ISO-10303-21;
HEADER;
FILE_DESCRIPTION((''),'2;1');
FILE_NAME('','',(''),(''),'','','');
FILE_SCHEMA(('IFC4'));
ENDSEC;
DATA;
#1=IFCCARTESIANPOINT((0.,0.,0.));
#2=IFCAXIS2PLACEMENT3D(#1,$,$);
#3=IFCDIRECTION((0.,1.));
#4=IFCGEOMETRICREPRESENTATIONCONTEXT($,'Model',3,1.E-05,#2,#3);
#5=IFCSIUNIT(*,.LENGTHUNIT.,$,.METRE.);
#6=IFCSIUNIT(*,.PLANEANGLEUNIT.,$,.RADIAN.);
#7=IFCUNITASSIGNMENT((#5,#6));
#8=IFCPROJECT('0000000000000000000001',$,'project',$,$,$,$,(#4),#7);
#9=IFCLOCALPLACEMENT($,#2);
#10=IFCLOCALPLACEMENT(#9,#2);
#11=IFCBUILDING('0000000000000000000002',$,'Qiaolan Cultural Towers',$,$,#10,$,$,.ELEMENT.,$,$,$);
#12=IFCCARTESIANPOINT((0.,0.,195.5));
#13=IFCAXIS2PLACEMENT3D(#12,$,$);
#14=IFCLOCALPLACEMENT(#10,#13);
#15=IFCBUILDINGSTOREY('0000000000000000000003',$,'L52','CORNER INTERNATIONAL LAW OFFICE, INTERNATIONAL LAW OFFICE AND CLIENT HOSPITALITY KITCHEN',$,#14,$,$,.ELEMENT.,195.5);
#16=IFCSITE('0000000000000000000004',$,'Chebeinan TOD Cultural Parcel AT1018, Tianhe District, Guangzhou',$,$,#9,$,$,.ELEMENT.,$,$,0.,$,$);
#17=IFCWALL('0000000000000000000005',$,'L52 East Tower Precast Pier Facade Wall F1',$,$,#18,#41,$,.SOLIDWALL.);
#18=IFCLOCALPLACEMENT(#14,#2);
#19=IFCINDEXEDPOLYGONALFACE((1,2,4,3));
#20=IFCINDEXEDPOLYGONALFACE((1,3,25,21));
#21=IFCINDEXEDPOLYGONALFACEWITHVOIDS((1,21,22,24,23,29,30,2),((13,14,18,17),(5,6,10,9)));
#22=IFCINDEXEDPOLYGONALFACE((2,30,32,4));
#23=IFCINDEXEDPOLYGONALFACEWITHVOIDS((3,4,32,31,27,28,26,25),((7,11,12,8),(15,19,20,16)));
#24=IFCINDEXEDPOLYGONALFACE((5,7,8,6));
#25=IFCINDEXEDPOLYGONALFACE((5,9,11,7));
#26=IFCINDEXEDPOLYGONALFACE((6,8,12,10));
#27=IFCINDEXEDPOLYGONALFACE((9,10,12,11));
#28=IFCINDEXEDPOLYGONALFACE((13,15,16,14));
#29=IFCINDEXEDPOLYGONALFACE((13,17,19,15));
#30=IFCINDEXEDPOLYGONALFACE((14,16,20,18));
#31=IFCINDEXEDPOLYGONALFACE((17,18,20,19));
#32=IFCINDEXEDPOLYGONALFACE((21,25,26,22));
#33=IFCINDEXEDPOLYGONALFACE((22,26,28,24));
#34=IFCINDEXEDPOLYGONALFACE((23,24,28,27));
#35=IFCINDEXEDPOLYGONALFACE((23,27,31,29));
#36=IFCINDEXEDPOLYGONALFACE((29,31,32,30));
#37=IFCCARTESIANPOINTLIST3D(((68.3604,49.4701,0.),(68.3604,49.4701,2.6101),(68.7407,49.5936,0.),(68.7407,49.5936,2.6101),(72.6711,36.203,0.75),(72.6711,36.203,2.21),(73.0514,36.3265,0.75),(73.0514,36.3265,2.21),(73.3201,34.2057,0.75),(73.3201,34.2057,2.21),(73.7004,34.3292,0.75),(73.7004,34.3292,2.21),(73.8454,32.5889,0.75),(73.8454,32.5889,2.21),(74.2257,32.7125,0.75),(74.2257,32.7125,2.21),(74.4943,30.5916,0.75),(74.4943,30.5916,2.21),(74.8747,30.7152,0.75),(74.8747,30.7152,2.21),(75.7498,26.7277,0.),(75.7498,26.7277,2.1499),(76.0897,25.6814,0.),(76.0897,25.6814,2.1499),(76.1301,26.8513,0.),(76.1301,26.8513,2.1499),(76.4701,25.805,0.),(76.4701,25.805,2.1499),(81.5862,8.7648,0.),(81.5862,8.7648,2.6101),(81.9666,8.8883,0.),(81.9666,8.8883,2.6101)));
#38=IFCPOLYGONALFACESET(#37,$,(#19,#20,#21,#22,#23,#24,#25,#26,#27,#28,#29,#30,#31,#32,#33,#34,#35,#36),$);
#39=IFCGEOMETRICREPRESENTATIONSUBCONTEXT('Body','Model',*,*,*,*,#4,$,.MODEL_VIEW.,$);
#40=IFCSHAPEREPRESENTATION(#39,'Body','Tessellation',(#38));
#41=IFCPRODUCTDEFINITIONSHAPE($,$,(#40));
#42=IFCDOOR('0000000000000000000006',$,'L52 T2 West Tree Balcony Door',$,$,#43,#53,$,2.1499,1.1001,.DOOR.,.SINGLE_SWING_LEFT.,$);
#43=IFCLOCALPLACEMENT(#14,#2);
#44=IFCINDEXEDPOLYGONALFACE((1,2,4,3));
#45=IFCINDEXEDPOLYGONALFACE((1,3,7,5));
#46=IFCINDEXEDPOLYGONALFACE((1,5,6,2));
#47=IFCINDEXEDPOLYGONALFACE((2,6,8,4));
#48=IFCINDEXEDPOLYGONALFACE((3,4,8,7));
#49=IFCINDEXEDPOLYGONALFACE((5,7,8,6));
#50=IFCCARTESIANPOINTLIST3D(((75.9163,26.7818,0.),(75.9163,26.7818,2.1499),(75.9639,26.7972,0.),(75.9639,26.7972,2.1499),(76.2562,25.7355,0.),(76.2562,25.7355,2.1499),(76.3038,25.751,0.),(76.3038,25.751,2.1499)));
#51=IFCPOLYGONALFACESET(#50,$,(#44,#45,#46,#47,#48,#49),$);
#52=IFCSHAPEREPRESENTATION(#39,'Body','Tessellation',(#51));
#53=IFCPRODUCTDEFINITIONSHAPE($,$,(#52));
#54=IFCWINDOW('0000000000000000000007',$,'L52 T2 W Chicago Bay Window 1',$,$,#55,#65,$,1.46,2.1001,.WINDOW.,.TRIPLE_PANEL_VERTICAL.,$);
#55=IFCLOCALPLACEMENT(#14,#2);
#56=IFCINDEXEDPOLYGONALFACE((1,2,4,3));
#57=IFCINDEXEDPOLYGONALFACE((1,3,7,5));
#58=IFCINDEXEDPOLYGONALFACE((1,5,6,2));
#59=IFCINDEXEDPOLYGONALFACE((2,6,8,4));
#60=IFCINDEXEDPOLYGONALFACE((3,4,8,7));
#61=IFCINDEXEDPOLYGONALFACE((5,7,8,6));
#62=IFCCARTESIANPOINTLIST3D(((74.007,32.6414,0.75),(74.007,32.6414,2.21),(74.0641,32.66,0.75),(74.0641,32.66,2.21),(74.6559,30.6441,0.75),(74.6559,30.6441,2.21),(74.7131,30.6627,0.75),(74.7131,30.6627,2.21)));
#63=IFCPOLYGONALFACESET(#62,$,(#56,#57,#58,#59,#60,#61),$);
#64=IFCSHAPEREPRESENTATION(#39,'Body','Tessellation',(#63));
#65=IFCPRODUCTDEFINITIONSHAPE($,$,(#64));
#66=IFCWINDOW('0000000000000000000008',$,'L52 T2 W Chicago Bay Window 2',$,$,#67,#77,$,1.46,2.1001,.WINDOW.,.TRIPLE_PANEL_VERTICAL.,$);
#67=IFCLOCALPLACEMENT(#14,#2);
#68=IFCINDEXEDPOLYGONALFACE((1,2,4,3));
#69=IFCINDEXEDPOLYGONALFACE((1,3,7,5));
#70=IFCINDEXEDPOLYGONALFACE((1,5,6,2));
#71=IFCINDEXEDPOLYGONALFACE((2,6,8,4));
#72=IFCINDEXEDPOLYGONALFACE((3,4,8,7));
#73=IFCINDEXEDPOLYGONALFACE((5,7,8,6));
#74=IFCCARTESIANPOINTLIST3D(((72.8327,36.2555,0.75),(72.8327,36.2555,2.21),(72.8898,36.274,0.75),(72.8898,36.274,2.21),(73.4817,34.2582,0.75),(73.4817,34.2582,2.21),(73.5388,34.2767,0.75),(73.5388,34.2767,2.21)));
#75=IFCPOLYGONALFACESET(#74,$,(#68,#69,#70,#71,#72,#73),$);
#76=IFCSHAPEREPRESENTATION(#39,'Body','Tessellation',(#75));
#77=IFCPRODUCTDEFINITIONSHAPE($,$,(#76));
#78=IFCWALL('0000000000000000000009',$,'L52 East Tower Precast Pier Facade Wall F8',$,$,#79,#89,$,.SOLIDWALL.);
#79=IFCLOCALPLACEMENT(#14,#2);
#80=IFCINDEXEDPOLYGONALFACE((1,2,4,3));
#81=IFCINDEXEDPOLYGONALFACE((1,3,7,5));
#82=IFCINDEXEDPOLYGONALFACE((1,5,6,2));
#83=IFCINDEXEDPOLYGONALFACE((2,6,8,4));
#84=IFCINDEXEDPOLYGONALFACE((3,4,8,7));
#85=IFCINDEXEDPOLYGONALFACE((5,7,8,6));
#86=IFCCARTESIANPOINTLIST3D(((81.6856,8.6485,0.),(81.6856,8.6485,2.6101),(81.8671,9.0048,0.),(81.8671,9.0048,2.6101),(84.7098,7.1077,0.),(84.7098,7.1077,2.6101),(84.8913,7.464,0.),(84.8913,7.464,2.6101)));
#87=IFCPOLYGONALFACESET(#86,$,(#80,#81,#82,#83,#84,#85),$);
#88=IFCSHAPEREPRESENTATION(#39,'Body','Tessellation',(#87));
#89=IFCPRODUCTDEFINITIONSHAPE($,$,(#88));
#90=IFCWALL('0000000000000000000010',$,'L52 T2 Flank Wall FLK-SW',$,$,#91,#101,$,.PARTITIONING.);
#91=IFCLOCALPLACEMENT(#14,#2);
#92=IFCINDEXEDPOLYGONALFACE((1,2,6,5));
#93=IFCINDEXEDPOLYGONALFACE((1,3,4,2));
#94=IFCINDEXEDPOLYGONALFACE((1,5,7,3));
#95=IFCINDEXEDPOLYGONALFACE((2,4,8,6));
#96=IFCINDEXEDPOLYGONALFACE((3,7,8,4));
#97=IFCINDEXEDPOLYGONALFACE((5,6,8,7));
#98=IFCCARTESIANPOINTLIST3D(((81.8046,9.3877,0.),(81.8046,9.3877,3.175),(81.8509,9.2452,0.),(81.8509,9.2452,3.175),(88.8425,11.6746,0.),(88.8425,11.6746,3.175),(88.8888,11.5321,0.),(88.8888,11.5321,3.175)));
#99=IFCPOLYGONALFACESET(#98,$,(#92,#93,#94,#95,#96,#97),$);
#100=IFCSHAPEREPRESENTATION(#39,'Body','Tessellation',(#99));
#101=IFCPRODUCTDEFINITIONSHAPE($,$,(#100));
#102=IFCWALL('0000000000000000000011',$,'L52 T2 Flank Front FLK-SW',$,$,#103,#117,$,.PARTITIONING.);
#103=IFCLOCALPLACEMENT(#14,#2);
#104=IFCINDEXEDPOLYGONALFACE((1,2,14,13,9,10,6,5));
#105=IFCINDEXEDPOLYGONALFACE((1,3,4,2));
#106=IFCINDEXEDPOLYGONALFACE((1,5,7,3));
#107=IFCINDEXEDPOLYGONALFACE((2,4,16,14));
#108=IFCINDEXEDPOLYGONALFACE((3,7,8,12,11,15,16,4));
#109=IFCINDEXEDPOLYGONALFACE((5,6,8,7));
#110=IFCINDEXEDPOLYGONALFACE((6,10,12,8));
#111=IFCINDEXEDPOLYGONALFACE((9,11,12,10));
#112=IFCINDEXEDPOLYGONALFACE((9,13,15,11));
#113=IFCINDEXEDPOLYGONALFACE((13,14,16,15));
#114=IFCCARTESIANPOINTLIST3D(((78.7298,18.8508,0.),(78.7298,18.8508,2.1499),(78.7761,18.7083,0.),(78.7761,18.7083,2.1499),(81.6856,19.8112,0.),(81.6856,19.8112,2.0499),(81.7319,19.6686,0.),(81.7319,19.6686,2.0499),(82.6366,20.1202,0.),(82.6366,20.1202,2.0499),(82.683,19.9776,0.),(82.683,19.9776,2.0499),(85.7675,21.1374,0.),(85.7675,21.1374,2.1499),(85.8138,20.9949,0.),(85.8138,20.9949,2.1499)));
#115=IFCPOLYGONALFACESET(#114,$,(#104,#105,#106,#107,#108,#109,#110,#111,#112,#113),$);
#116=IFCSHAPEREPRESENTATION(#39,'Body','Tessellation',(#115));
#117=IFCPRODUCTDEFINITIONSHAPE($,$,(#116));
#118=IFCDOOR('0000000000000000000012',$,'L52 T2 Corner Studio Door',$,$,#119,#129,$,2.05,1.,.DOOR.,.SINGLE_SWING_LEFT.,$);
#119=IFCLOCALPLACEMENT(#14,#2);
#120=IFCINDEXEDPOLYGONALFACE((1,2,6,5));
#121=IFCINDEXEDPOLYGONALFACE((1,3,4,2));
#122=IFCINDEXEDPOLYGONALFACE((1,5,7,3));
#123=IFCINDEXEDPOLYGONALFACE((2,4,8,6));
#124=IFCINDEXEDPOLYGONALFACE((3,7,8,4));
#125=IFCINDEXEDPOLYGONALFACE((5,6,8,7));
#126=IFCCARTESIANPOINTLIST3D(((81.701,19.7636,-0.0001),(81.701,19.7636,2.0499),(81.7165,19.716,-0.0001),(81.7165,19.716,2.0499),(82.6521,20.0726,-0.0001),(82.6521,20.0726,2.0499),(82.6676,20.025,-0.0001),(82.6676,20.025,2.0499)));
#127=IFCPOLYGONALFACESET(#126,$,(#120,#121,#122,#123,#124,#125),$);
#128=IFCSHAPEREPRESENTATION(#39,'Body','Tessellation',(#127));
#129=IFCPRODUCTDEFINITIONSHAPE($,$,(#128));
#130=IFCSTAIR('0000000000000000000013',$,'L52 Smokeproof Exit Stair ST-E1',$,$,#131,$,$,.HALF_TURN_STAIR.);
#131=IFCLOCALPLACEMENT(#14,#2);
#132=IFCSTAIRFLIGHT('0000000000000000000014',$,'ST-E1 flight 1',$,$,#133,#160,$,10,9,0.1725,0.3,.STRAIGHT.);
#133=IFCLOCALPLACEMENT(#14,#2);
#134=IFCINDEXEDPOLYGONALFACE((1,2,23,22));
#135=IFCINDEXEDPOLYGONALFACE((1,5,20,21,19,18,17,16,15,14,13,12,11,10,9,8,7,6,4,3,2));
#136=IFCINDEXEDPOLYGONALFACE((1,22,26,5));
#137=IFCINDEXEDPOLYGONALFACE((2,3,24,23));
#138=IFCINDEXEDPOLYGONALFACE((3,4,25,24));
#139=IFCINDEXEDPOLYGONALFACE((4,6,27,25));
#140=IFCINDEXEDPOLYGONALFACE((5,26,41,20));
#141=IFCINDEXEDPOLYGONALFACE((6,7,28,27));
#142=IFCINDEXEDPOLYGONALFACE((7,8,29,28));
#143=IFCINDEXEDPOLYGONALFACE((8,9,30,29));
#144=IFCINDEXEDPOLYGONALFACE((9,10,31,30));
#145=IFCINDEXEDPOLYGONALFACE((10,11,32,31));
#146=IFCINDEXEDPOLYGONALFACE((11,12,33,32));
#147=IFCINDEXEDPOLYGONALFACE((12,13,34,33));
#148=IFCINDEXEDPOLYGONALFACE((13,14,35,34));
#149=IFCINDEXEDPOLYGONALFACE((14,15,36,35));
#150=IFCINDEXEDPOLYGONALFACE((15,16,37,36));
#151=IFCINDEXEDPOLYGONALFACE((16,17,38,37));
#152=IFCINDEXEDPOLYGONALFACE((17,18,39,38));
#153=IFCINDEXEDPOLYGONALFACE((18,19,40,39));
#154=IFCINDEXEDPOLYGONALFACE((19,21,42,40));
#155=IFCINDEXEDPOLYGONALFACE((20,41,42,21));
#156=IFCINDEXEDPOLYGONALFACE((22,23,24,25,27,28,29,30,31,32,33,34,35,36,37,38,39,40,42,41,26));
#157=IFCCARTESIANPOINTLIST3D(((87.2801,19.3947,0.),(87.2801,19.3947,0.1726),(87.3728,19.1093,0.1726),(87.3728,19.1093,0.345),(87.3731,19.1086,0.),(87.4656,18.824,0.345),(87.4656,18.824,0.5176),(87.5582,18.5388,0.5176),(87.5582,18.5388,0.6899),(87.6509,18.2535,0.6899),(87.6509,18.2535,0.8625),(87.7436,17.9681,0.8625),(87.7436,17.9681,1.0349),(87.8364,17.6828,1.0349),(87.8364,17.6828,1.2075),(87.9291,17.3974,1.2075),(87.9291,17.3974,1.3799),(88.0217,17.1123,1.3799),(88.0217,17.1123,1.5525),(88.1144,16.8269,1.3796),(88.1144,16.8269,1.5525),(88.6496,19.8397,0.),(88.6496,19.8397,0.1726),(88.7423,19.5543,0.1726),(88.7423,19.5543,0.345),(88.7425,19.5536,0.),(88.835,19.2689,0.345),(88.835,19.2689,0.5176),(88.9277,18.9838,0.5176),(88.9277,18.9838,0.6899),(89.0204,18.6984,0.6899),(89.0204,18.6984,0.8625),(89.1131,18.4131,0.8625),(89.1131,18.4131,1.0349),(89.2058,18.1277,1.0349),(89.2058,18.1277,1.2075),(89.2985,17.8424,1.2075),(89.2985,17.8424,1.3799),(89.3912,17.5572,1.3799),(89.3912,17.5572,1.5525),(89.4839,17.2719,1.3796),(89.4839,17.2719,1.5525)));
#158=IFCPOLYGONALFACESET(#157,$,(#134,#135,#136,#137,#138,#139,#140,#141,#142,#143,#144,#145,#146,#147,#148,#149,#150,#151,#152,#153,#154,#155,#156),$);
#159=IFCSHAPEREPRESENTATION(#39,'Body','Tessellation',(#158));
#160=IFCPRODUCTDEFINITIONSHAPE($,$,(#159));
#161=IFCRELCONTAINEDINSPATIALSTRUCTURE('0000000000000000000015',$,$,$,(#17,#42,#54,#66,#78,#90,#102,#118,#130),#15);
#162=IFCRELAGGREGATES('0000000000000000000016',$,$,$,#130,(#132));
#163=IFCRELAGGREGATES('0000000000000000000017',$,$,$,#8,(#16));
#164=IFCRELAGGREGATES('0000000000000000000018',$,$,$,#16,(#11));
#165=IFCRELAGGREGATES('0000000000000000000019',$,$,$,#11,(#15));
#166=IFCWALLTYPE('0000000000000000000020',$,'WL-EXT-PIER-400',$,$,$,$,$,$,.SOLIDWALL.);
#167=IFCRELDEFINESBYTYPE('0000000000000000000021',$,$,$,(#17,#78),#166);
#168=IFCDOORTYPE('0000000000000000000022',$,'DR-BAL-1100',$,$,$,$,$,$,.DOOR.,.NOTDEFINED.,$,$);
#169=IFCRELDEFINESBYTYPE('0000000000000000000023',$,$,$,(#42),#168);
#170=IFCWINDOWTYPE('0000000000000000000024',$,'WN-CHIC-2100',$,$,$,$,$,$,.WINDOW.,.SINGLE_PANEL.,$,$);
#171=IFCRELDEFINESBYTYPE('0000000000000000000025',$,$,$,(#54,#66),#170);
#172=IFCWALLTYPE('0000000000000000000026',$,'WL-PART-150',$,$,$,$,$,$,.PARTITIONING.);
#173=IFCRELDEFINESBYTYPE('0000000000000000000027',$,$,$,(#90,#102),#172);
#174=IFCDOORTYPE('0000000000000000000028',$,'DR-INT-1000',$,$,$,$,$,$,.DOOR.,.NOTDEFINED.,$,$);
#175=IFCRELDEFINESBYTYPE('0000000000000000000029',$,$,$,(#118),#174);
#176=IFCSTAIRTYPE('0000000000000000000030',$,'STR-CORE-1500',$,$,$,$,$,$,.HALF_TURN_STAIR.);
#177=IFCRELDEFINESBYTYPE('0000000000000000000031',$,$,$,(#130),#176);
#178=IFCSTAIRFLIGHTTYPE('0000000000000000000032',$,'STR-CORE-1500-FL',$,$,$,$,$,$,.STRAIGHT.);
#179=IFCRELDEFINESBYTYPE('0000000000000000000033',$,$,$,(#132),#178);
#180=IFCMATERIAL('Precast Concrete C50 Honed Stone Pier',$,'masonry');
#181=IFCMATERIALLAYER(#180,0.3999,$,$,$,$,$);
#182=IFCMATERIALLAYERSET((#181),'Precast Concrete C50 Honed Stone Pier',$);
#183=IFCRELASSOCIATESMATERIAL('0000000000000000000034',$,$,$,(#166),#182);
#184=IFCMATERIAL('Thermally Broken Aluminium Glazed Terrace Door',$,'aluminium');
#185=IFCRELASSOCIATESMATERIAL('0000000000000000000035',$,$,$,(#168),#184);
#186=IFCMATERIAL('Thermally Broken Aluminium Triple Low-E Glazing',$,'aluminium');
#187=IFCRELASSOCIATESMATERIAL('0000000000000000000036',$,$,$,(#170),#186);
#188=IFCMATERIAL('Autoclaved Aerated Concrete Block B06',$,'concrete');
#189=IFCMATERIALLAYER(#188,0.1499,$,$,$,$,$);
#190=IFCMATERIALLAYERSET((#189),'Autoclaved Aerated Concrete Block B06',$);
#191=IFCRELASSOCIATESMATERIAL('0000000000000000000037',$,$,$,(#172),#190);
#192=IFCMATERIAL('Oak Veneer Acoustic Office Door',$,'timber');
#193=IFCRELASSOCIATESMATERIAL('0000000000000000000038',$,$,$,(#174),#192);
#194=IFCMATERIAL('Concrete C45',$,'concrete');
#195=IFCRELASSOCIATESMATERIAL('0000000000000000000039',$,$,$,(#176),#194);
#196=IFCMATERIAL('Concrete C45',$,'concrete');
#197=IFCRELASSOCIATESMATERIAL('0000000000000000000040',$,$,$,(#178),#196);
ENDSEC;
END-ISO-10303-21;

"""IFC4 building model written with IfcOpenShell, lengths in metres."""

from ifc_helpers import new_model, si_unit, direction, frame, frame_2d, origin, place, context, subcontext, project, spatial, polyline, rectangle, outline, extrude, material, layer, layer_set, type_object, element, fill, aggregate, save


model = new_model("IFC4")

# Units and contexts
model_context = context("Model", 3, precision=1e-05, world=origin(), true_north=direction((0.0, 1.0)))
body_context = subcontext(model_context, "Body", "Model", "MODEL_VIEW")
ifc_project = project(units=[si_unit("LENGTHUNIT", "METRE"), si_unit("PLANEANGLEUNIT", "RADIAN")], contexts=[model_context])

# Site, building, storey
site_placement = place(None, origin())
site = spatial("IfcSite", under=ifc_project, at=site_placement, Name="Chebeinan TOD Cultural Parcel AT1018, Tianhe District, Guangzhou", CompositionType="ELEMENT", RefElevation=0.0)
building_placement = place(site_placement, origin())
building = spatial("IfcBuilding", under=site, at=building_placement, Name="Qiaolan Cultural Towers", CompositionType="ELEMENT")
storey_placement = place(building_placement, frame((0.0, 0.0, 195.5)))
storey = spatial("IfcBuildingStorey", under=building, at=storey_placement, Name="L52", Description="CORNER INTERNATIONAL LAW OFFICE, INTERNATIONAL LAW OFFICE AND CLIENT HOSPITALITY KITCHEN", CompositionType="ELEMENT", Elevation=195.5)

# Wall, openings, door, windows
ifc_material_1 = material(Name="Precast Concrete C50 Honed Stone Pier", Category="masonry")
ifc_layer_1 = layer(ifc_material_1, 0.3999)
ifc_layer_set_1 = layer_set([ifc_layer_1], Name="Precast Concrete C50 Honed Stone Pier")
wall_type_1 = type_object("IfcWallType", Name="WL-EXT-PIER-400", PredefinedType="SOLIDWALL", material=ifc_layer_set_1)
wall_1_placement = place(storey_placement, frame((81.7764, 8.8267, 0.0), z_axis=(0.0, 0.0, 1.0), x_axis=(-0.309014, 0.951057, 0.0)))
wall_1 = element("IfcWall", 1, at=wall_1_placement, inside=storey, type_object=wall_type_1, Name="L52 East Tower Precast Pier Facade Wall F1", PredefinedType="SOLIDWALL", context=body_context, shape_type="SweptSolid", body=[
    extrude(rectangle(XDim=42.8, YDim=0.3999, at=frame_2d((21.3999, 0.0))), origin(), (0.0, 0.0, 1.0), 2.6101),
])
opening_1_placement = place(wall_1_placement, frame((22.95, 0.0, 0.75)))
opening_1 = element("IfcOpeningElement", 2, at=opening_1_placement, cuts=wall_1, PredefinedType="OPENING", context=body_context, shape_type="SweptSolid", body=[
    extrude(rectangle(XDim=2.1001, YDim=1.46, at=frame_2d((1.05, 0.73))), frame((0.0, 0.21, 0.0), z_axis=(0.0, -1.0, 0.0), x_axis=(1.0, 0.0, 0.0)), (0.0, 0.0, 1.0), 0.4199),
])
opening_2_placement = place(wall_1_placement, frame((26.75, 0.0, 0.75)))
opening_2 = element("IfcOpeningElement", 3, at=opening_2_placement, cuts=wall_1, PredefinedType="OPENING", context=body_context, shape_type="SweptSolid", body=[
    extrude(rectangle(XDim=2.1001, YDim=1.46, at=frame_2d((1.05, 0.73))), frame((0.0, 0.21, 0.0), z_axis=(0.0, -1.0, 0.0), x_axis=(1.0, 0.0, 0.0)), (0.0, 0.0, 1.0), 0.4199),
])
opening_3_placement = place(wall_1_placement, frame((17.7871, 0.0, 0.0)))
opening_3 = element("IfcOpeningElement", 4, at=opening_3_placement, cuts=wall_1, PredefinedType="OPENING", context=body_context, shape_type="SweptSolid", body=[
    extrude(rectangle(XDim=1.1001, YDim=2.1499, at=frame_2d((0.55, 1.075))), frame((0.0, 0.21, 0.0), z_axis=(0.0, -1.0, 0.0), x_axis=(1.0, 0.0, 0.0)), (0.0, 0.0, 1.0), 0.4199),
])
ifc_material_2 = material(Name="Thermally Broken Aluminium Glazed Terrace Door", Category="aluminium")
door_type_1 = type_object("IfcDoorType", Name="DR-BAL-1100", OperationType="NOTDEFINED", PredefinedType="DOOR", material=ifc_material_2)
door_1_placement = place(opening_3_placement, origin())
door_1 = element("IfcDoor", 5, at=door_1_placement, inside=storey, type_object=door_type_1, Name="L52 T2 West Tree Balcony Door", OperationType="SINGLE_SWING_LEFT", OverallHeight=2.1499, OverallWidth=1.1001, PredefinedType="DOOR", context=body_context, shape_type="SweptSolid", body=[
    extrude(rectangle(XDim=1.1001, YDim=2.1499, at=frame_2d((0.55, 1.075))), frame((0.0, 0.0249, 0.0), z_axis=(0.0, -1.0, 0.0), x_axis=(1.0, 0.0, 0.0)), (0.0, 0.0, 1.0), 0.05),
])
fill(opening_3, door_1)
ifc_material_3 = material(Name="Thermally Broken Aluminium Triple Low-E Glazing", Category="aluminium")
window_type = type_object("IfcWindowType", Name="WN-CHIC-2100", PartitioningType="SINGLE_PANEL", PredefinedType="WINDOW", material=ifc_material_3)
window_1_placement = place(opening_1_placement, origin())
window_1 = element("IfcWindow", 6, at=window_1_placement, inside=storey, type_object=window_type, Name="L52 T2 W Chicago Bay Window 1", OverallHeight=1.46, OverallWidth=2.1001, PartitioningType="TRIPLE_PANEL_VERTICAL", PredefinedType="WINDOW", context=body_context, shape_type="SweptSolid", body=[
    extrude(rectangle(XDim=2.1001, YDim=1.46, at=frame_2d((1.05, 0.73))), frame((0.0, 0.03, 0.0), z_axis=(0.0, -1.0, 0.0), x_axis=(1.0, 0.0, 0.0)), (0.0, 0.0, 1.0), 0.0601),
])
fill(opening_1, window_1)
window_2_placement = place(opening_2_placement, origin())
window_2 = element("IfcWindow", 7, at=window_2_placement, inside=storey, type_object=window_type, Name="L52 T2 W Chicago Bay Window 2", OverallHeight=1.46, OverallWidth=2.1001, PartitioningType="TRIPLE_PANEL_VERTICAL", PredefinedType="WINDOW", context=body_context, shape_type="SweptSolid", body=[
    extrude(rectangle(XDim=2.1001, YDim=1.46, at=frame_2d((1.05, 0.73))), frame((0.0, 0.03, 0.0), z_axis=(0.0, -1.0, 0.0), x_axis=(1.0, 0.0, 0.0)), (0.0, 0.0, 1.0), 0.0601),
])
fill(opening_2, window_2)

# Walls
wall_2_placement = place(storey_placement, frame((84.8005, 7.2859, 0.0), z_axis=(0.0, 0.0, 1.0), x_axis=(-0.891021, 0.453962, 0.0)))
element("IfcWall", 8, at=wall_2_placement, inside=storey, type_object=wall_type_1, Name="L52 East Tower Precast Pier Facade Wall F8", PredefinedType="SOLIDWALL", context=body_context, shape_type="SweptSolid", body=[
    extrude(rectangle(XDim=3.394, YDim=0.3999, at=frame_2d((1.697, 0.0))), origin(), (0.0, 0.0, 1.0), 2.6101),
])
ifc_material_4 = material(Name="Autoclaved Aerated Concrete Block B06", Category="concrete")
ifc_layer_2 = layer(ifc_material_4, 0.1499)
ifc_layer_set_2 = layer_set([ifc_layer_2], Name="Autoclaved Aerated Concrete Block B06")
wall_type_2 = type_object("IfcWallType", Name="WL-PART-150", PredefinedType="PARTITIONING", material=ifc_layer_set_2)
wall_3_placement = place(storey_placement, frame((81.8276, 9.3164, 0.0), z_axis=(0.0, 0.0, 1.0), x_axis=(0.951051, 0.309033, 0.0)))
element("IfcWall", 9, at=wall_3_placement, inside=storey, type_object=wall_type_2, Name="L52 T2 Flank Wall FLK-SW", PredefinedType="PARTITIONING", context=body_context, shape_type="SweptSolid", body=[
    extrude(rectangle(XDim=7.4001, YDim=0.1499, at=frame_2d((3.7002, 0.0))), origin(), (0.0, 0.0, 1.0), 3.175),
])

# Wall, opening, door
wall_4_placement = place(storey_placement, frame((78.7529, 18.7795, 0.0), z_axis=(0.0, 0.0, 1.0), x_axis=(0.951061, 0.309003, 0.0)))
wall_4 = element("IfcWall", 10, at=wall_4_placement, inside=storey, type_object=wall_type_2, Name="L52 T2 Flank Front FLK-SW", PredefinedType="PARTITIONING", context=body_context, shape_type="SweptSolid", body=[
    extrude(rectangle(XDim=7.3999, YDim=0.1499, at=frame_2d((3.7, 0.0))), origin(), (0.0, 0.0, 1.0), 2.1499),
])
opening_4_placement = place(wall_4_placement, frame((3.1079, 0.0, 0.0)))
opening_4 = element("IfcOpeningElement", 11, at=opening_4_placement, cuts=wall_4, PredefinedType="OPENING", context=body_context, shape_type="SweptSolid", body=[
    extrude(rectangle(XDim=1.0, YDim=2.05, at=frame_2d((0.5, 1.0249))), frame((0.0, 0.085, 0.0), z_axis=(0.0, -1.0, 0.0), x_axis=(1.0, 0.0, 0.0)), (0.0, 0.0, 1.0), 0.1699),
])
ifc_material_5 = material(Name="Oak Veneer Acoustic Office Door", Category="timber")
door_type_2 = type_object("IfcDoorType", Name="DR-INT-1000", OperationType="NOTDEFINED", PredefinedType="DOOR", material=ifc_material_5)
door_2_placement = place(opening_4_placement, origin())
door_2 = element("IfcDoor", 12, at=door_2_placement, inside=storey, type_object=door_type_2, Name="L52 T2 Corner Studio Door", OperationType="SINGLE_SWING_LEFT", OverallHeight=2.05, OverallWidth=1.0, PredefinedType="DOOR", context=body_context, shape_type="SweptSolid", body=[
    extrude(rectangle(XDim=1.0, YDim=2.05, at=frame_2d((0.5, 1.0249))), frame((0.0, 0.0249, 0.0), z_axis=(0.0, -1.0, 0.0), x_axis=(1.0, 0.0, 0.0)), (0.0, 0.0, 1.0), 0.05),
])
fill(opening_4, door_2)

# Stair, stair flight
ifc_material_6 = material(Name="Concrete C45", Category="concrete")
stair_type = type_object("IfcStairType", Name="STR-CORE-1500", PredefinedType="HALF_TURN_STAIR", material=ifc_material_6)
stair_placement = place(storey_placement, origin())
stair = element("IfcStair", 13, at=stair_placement, inside=storey, type_object=stair_type, Name="L52 Smokeproof Exit Stair ST-E1", PredefinedType="HALF_TURN_STAIR")
ifc_material_7 = material(Name="Concrete C45", Category="concrete")
stair_flight_type = type_object("IfcStairFlightType", Name="STR-CORE-1500-FL", PredefinedType="STRAIGHT", material=ifc_material_7)
stair_flight_placement = place(storey_placement, frame((87.9648, 19.6172, 0.0), z_axis=(0.0, 0.0, 1.0), x_axis=(0.309017, -0.951057, 0.0)))
stair_flight = element("IfcStairFlight", 14, at=stair_flight_placement, type_object=stair_flight_type, Name="ST-E1 flight 1", NumberOfRisers=10, NumberOfTreads=9, PredefinedType="STRAIGHT", RiserHeight=0.1725, TreadLength=0.3, context=body_context, shape_type="SweptSolid", body=[
    extrude(outline(polyline([(0.0, 0.0), (0.0, 0.1726), (0.3, 0.1726), (0.3, 0.345), (0.6001, 0.345), (0.6001, 0.5176), (0.8999, 0.5176), (0.8999, 0.6899), (1.2, 0.6899), (1.2, 0.8625), (1.5, 0.8625), (1.5, 1.0349), (1.8, 1.0349), (1.8, 1.2075), (2.1001, 1.2075), (2.1001, 1.3799), (2.3999, 1.3799), (2.3999, 1.5525), (2.7, 1.5525), (2.7, 1.7251), (2.7, 1.3796), (0.3008, 0.0), (0.0, 0.0)])), frame((0.0, 0.72, 0.0), z_axis=(0.0, -1.0, 0.0), x_axis=(1.0, 0.0, 0.0)), (0.0, 0.0, 1.0), 1.4399),
])
aggregate(stair, [stair_flight])

save(model, "model.ifc")
